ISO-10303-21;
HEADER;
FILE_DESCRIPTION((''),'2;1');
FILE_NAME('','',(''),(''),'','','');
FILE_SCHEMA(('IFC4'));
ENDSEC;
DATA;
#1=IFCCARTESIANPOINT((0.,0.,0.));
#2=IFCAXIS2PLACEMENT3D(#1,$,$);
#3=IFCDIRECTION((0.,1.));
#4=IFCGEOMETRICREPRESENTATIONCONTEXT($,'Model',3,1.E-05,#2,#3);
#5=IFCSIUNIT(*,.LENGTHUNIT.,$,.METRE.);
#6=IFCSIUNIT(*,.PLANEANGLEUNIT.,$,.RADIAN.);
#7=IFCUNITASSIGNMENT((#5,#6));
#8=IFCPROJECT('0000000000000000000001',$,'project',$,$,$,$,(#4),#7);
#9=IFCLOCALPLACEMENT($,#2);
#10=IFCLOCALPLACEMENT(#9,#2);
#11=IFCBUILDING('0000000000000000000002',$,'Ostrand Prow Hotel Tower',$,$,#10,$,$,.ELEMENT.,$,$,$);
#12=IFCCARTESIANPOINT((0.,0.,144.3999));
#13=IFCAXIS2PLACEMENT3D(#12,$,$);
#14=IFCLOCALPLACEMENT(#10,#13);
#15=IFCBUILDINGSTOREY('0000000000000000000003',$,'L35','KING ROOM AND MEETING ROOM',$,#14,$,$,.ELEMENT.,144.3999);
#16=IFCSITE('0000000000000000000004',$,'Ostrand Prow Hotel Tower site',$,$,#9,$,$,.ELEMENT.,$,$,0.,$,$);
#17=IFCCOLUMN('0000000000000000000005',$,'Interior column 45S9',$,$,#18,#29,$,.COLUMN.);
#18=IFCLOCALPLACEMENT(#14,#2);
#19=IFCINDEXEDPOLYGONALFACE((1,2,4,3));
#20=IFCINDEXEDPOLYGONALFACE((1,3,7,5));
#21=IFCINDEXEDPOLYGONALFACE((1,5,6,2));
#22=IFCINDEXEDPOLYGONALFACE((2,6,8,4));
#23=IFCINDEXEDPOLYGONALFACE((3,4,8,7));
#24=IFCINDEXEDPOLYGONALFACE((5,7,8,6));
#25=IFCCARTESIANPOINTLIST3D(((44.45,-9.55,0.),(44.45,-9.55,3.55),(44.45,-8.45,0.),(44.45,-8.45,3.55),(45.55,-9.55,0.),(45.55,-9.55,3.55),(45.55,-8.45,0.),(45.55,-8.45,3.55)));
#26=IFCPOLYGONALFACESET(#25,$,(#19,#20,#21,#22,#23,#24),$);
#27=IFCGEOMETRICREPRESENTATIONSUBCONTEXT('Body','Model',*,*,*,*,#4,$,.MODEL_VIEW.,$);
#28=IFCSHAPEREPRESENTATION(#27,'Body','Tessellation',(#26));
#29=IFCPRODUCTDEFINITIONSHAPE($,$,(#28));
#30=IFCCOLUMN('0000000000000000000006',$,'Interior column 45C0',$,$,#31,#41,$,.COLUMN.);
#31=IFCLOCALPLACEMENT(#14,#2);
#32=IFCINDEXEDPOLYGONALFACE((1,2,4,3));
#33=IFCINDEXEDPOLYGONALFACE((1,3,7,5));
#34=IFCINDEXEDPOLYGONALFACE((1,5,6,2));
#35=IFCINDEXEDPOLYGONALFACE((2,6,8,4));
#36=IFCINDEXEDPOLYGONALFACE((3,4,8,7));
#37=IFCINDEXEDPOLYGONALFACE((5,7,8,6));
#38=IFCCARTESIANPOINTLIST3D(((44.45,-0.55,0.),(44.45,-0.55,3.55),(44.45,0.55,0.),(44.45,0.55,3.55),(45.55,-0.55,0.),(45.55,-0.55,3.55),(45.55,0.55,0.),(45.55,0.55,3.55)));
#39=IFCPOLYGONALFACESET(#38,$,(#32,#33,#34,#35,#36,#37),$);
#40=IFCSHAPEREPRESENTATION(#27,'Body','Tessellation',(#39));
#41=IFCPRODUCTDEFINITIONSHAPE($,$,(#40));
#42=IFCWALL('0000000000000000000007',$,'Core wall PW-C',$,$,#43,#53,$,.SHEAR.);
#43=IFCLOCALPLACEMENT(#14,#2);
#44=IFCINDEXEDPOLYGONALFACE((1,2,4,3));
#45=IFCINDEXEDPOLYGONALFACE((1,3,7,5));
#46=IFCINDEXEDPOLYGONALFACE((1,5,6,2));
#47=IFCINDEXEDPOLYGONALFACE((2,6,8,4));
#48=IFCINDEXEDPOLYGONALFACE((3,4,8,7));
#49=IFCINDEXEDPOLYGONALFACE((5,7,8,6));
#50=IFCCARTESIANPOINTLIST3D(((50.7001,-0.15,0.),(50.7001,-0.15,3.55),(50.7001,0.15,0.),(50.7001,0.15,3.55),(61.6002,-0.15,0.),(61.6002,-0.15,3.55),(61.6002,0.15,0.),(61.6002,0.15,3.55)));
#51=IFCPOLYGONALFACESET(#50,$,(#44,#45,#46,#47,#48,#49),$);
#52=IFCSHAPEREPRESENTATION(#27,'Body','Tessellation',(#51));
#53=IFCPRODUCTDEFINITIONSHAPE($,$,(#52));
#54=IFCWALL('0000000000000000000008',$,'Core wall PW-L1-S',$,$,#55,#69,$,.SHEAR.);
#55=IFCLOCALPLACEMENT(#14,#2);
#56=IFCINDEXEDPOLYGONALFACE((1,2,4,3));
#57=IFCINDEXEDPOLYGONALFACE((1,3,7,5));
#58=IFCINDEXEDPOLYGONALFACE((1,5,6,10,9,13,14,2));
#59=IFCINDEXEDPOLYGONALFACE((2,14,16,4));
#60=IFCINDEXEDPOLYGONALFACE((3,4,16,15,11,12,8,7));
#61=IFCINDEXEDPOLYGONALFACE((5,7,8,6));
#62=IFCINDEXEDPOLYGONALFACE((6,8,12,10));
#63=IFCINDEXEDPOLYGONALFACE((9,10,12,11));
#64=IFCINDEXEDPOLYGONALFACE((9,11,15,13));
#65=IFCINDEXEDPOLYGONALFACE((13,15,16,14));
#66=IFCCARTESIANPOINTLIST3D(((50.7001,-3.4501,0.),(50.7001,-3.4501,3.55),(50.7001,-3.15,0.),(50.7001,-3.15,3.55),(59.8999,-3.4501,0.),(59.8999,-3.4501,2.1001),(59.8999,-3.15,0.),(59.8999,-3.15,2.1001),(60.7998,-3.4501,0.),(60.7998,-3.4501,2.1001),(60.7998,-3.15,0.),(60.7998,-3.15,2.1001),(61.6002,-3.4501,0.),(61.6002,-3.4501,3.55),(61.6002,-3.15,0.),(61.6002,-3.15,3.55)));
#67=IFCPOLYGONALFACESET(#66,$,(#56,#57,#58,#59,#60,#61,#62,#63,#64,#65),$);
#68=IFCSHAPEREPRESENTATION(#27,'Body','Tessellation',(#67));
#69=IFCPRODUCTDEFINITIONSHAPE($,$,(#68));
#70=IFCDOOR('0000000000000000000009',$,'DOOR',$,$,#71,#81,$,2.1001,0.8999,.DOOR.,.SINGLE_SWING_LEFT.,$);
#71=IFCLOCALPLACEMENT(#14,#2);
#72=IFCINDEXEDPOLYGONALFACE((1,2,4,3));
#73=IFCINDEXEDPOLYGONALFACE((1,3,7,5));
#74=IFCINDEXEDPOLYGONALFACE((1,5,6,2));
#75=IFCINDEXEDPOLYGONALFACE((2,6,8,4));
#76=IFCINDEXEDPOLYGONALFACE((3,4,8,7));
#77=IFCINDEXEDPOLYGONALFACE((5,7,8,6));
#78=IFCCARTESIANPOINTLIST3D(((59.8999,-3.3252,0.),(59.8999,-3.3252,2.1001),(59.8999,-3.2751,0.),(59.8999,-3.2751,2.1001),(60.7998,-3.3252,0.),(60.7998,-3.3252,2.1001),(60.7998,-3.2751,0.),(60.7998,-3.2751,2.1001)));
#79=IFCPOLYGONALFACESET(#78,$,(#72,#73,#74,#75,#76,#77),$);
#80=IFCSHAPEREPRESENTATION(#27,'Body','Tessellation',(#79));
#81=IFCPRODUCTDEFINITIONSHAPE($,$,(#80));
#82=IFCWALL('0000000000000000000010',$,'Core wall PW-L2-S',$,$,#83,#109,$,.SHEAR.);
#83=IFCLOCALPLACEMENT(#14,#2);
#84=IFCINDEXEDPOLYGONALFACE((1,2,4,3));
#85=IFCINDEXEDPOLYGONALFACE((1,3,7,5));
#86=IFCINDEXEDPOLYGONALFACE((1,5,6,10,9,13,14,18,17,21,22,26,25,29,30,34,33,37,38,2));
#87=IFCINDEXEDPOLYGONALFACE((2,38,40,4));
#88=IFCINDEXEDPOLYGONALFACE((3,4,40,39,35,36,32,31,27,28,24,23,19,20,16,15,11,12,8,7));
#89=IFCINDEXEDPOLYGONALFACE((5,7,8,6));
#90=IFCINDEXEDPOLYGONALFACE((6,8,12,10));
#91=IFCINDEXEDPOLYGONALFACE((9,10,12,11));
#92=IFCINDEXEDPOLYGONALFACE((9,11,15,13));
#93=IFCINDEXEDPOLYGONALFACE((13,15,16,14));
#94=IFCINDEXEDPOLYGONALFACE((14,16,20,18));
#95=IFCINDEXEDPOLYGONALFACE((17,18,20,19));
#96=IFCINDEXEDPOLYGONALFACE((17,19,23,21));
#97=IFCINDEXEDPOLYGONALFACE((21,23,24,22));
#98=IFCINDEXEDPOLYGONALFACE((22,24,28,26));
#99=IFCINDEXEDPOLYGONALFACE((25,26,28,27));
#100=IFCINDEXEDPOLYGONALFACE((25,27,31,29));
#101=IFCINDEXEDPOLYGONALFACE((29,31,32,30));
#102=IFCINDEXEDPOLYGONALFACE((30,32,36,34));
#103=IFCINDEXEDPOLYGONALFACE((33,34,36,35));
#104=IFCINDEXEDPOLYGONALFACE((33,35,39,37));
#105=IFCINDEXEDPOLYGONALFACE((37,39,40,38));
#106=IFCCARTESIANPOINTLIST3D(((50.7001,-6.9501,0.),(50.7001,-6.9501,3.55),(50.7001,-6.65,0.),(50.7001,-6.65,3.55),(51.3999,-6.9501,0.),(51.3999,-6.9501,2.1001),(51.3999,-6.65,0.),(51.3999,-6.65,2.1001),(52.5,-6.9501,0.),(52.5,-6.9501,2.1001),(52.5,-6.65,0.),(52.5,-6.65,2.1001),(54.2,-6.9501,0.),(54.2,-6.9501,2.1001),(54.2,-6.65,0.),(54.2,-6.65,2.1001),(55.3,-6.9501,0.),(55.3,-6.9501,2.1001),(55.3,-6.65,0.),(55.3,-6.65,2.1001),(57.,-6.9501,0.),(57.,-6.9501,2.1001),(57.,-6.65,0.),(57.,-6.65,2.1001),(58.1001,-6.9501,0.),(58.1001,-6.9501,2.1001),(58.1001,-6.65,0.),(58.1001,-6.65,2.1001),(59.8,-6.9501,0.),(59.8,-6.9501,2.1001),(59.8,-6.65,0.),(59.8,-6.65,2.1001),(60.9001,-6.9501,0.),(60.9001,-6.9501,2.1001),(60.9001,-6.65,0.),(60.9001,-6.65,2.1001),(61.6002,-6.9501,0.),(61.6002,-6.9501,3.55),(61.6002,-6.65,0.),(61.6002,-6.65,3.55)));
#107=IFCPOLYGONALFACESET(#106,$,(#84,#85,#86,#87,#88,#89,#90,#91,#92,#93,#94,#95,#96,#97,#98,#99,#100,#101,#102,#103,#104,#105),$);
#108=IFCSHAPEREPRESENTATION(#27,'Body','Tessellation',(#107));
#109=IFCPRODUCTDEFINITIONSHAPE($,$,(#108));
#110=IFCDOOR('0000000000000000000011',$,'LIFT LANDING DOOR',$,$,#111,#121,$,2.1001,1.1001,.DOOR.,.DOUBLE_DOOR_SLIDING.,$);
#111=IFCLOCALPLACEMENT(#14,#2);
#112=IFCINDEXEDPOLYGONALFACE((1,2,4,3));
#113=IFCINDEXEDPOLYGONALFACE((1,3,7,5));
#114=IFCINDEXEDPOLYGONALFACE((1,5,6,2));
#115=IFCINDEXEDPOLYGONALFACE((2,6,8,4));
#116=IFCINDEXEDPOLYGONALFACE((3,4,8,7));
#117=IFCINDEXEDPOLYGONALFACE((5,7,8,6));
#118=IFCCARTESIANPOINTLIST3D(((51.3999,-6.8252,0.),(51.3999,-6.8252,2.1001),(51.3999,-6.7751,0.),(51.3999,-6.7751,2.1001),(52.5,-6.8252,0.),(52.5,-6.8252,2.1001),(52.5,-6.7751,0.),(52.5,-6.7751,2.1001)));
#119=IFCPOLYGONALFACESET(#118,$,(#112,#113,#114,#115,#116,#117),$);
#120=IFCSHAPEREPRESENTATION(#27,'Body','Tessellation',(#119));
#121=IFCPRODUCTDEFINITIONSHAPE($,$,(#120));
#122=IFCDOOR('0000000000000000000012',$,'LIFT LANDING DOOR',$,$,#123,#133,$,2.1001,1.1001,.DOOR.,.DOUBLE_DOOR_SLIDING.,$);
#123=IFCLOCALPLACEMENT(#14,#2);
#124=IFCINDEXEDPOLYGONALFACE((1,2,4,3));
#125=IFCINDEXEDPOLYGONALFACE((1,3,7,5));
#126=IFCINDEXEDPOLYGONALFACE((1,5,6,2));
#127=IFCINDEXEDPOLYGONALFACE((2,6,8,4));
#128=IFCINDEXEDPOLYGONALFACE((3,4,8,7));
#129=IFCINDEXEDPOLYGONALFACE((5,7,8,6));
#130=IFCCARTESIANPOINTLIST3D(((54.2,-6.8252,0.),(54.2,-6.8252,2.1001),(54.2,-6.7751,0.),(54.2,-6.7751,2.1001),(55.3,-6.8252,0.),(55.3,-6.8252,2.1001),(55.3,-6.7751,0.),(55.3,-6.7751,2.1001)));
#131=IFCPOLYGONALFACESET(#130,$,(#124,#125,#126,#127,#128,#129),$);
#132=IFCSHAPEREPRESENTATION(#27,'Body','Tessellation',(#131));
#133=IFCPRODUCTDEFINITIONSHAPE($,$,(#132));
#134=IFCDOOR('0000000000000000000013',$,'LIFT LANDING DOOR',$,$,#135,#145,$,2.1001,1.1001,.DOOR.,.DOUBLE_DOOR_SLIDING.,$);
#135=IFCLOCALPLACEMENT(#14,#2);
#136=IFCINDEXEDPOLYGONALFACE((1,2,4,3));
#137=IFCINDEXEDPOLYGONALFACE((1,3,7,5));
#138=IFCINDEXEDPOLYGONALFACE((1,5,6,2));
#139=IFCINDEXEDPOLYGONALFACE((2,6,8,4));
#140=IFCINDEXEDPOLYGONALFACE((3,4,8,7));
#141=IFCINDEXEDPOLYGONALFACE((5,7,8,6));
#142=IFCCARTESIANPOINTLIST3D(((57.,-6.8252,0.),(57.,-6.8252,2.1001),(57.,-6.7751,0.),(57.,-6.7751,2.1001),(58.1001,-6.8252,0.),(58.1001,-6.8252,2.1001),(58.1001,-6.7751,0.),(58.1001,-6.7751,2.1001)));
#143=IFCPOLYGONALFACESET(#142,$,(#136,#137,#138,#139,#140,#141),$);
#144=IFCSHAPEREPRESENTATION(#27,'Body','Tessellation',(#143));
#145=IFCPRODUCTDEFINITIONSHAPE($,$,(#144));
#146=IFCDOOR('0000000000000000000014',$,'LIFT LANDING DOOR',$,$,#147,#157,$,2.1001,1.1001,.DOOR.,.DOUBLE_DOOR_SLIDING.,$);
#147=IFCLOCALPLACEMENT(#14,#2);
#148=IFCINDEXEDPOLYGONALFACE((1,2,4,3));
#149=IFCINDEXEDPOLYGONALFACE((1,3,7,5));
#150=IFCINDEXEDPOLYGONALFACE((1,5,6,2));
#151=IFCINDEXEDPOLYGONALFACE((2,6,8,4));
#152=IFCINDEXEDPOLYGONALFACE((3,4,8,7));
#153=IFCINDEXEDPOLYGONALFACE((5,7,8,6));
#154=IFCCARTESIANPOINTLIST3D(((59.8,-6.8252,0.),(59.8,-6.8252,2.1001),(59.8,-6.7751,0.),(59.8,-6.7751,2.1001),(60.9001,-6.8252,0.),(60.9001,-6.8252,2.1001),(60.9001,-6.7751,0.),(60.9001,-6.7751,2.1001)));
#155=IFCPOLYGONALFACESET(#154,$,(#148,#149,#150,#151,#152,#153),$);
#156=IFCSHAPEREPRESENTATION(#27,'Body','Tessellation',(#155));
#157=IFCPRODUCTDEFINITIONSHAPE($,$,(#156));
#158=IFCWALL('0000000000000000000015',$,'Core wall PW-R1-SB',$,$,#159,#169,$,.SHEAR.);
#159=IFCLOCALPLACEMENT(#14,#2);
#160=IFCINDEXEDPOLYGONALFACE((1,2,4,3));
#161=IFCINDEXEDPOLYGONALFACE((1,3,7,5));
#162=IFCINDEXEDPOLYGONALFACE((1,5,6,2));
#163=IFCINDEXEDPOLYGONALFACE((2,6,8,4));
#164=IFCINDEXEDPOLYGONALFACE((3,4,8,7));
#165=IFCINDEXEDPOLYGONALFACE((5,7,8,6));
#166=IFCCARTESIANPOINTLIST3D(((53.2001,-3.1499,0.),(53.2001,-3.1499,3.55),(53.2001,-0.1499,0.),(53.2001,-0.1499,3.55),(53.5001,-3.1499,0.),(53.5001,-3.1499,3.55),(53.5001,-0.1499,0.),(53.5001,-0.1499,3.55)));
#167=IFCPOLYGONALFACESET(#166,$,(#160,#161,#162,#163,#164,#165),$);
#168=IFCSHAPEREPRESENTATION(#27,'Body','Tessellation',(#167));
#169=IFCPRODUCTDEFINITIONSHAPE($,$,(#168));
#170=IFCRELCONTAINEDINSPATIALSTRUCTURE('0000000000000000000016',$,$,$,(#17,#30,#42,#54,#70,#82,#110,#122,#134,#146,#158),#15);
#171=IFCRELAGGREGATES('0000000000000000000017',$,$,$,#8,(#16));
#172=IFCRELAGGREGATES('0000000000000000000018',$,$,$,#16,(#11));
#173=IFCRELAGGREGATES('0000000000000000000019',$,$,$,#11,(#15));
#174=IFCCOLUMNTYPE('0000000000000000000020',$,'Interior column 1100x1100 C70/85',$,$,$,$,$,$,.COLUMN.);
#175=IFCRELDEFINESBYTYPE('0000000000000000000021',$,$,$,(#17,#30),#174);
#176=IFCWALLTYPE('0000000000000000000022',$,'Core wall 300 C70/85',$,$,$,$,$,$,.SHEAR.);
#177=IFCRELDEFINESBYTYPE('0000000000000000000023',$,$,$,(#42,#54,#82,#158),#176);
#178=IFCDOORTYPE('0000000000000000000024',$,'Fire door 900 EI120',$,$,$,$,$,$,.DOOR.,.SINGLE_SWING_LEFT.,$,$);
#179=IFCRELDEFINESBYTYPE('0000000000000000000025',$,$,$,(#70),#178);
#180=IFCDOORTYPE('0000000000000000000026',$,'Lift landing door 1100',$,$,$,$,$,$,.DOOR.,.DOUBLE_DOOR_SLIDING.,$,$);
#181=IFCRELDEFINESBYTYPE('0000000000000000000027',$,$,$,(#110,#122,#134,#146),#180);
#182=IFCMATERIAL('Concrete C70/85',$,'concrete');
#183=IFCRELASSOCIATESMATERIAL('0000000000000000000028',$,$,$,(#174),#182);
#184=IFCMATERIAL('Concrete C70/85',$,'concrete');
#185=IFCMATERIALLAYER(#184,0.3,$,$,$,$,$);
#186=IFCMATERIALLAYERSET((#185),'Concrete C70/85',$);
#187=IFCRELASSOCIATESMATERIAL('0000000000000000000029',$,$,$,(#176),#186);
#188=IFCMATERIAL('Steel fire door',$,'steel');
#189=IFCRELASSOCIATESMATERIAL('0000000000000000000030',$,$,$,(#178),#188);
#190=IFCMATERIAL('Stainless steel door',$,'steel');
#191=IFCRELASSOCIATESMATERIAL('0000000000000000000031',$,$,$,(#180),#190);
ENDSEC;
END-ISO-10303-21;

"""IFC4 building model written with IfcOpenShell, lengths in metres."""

from ifc_helpers import new_model, si_unit, direction, frame, frame_2d, origin, origin_2d, place, context, subcontext, project, spatial, rectangle, extrude, material, layer, layer_set, material_profile, profile_set, type_object, element, fill, save


model = new_model("IFC4")

# Units and contexts
model_context = context("Model", 3, precision=1e-05, world=origin(), true_north=direction((0.0, 1.0)))
body_context = subcontext(model_context, "Body", "Model", "MODEL_VIEW")
ifc_project = project(units=[si_unit("LENGTHUNIT", "METRE"), si_unit("PLANEANGLEUNIT", "RADIAN")], contexts=[model_context])

# Site, building, storey
site_placement = place(None, origin())
site = spatial("IfcSite", under=ifc_project, at=site_placement, Name="Ostrand Prow Hotel Tower site", CompositionType="ELEMENT", RefElevation=0.0)
building_placement = place(site_placement, origin())
building = spatial("IfcBuilding", under=site, at=building_placement, Name="Ostrand Prow Hotel Tower", CompositionType="ELEMENT")
storey_placement = place(building_placement, frame((0.0, 0.0, 144.3999)))
storey = spatial("IfcBuildingStorey", under=building, at=storey_placement, Name="L35", Description="KING ROOM AND MEETING ROOM", CompositionType="ELEMENT", Elevation=144.3999)

# Columns
ifc_material_1 = material(Name="Concrete C70/85", Category="concrete")
ifc_material_profile = material_profile(ifc_material_1, rectangle(XDim=1.1001, YDim=1.1001, at=origin_2d()), Name="RC 1100x1100")
ifc_profile_set = profile_set([ifc_material_profile], Name="Concrete C70/85")
column_type = type_object("IfcColumnType", Name="Interior column 1100x1100 C70/85", PredefinedType="COLUMN", material=ifc_profile_set)
for number, where, z_axis, x_axis, name in (
    (1, (45.0, -9.0, 0.0), (0.0, 0.0, 1.0), (1.0, 0.0, 0.0), "Interior column 45S9"),
    (2, (45.0, 0.0, 0.0), (0.0, 0.0, 1.0), (1.0, 0.0, 0.0), "Interior column 45C0"),
):
    element("IfcColumn", number, at=place(storey_placement, frame(where, z_axis=z_axis, x_axis=x_axis)), inside=storey, type_object=column_type, Name=name, PredefinedType="COLUMN", context=body_context, shape_type="SweptSolid", body=[
        extrude(rectangle(XDim=1.1001, YDim=1.1001, at=origin_2d()), origin(), (0.0, 0.0, 1.0), 3.55),
    ])

# Wall
ifc_material_2 = material(Name="Concrete C70/85", Category="concrete")
ifc_layer_1 = layer(ifc_material_2, 0.3)
ifc_layer_set_1 = layer_set([ifc_layer_1], Name="Concrete C70/85")
wall_type_1 = type_object("IfcWallType", Name="Core wall 300 C70/85", PredefinedType="SHEAR", material=ifc_layer_set_1)
wall_1_placement = place(storey_placement, frame((50.7, 0.0, 0.0), z_axis=(0.0, 0.0, 1.0), x_axis=(1.0, 0.0, 0.0)))
element("IfcWall", 3, at=wall_1_placement, inside=storey, type_object=wall_type_1, Name="Core wall PW-C", PredefinedType="SHEAR", context=body_context, shape_type="SweptSolid", body=[
    extrude(rectangle(XDim=10.9001, YDim=0.3, at=frame_2d((5.4502, 0.0))), origin(), (0.0, 0.0, 1.0), 3.55),
])

# Wall, opening, door
wall_2_placement = place(storey_placement, frame((50.7, -3.3, 0.0), z_axis=(0.0, 0.0, 1.0), x_axis=(1.0, 0.0, 0.0)))
wall_2 = element("IfcWall", 4, at=wall_2_placement, inside=storey, type_object=wall_type_1, Name="Core wall PW-L1-S", PredefinedType="SHEAR", context=body_context, shape_type="SweptSolid", body=[
    extrude(rectangle(XDim=10.9001, YDim=0.3, at=frame_2d((5.4502, 0.0))), origin(), (0.0, 0.0, 1.0), 3.55),
])
opening_1_placement = place(wall_2_placement, frame((9.2, 0.0, 0.0)))
opening_1 = element("IfcOpeningElement", 5, at=opening_1_placement, cuts=wall_2, PredefinedType="OPENING", context=body_context, shape_type="SweptSolid", body=[
    extrude(rectangle(XDim=0.8999, YDim=2.1001, at=frame_2d((0.45, 1.05))), frame((0.0, 0.1599, 0.0), z_axis=(0.0, -1.0, 0.0), x_axis=(1.0, 0.0, 0.0)), (0.0, 0.0, 1.0), 0.3201),
])
ifc_material_3 = material(Name="Steel fire door", Category="steel")
door_type_1 = type_object("IfcDoorType", Name="Fire door 900 EI120", OperationType="SINGLE_SWING_LEFT", PredefinedType="DOOR", material=ifc_material_3)
door_1_placement = place(opening_1_placement, origin())
door_1 = element("IfcDoor", 6, at=door_1_placement, inside=storey, type_object=door_type_1, Name="DOOR", OperationType="SINGLE_SWING_LEFT", OverallHeight=2.1001, OverallWidth=0.8999, PredefinedType="DOOR", context=body_context, shape_type="SweptSolid", body=[
    extrude(rectangle(XDim=0.8999, YDim=2.1001, at=frame_2d((0.45, 1.05))), frame((0.0, 0.0249, 0.0), z_axis=(0.0, -1.0, 0.0), x_axis=(1.0, 0.0, 0.0)), (0.0, 0.0, 1.0), 0.05),
])
fill(opening_1, door_1)

# Wall, openings, doors
wall_3_placement = place(storey_placement, frame((50.7, -6.8, 0.0), z_axis=(0.0, 0.0, 1.0), x_axis=(1.0, 0.0, 0.0)))
wall_3 = element("IfcWall", 7, at=wall_3_placement, inside=storey, type_object=wall_type_1, Name="Core wall PW-L2-S", PredefinedType="SHEAR", context=body_context, shape_type="SweptSolid", body=[
    extrude(rectangle(XDim=10.9001, YDim=0.3, at=frame_2d((5.4502, 0.0))), origin(), (0.0, 0.0, 1.0), 3.55),
])
opening_2_placement = place(wall_3_placement, frame((0.7, 0.0, 0.0)))
opening_2 = element("IfcOpeningElement", 8, at=opening_2_placement, cuts=wall_3, PredefinedType="OPENING", context=body_context, shape_type="SweptSolid", body=[
    extrude(rectangle(XDim=1.1001, YDim=2.1001, at=frame_2d((0.55, 1.05))), frame((0.0, 0.1599, 0.0), z_axis=(0.0, -1.0, 0.0), x_axis=(1.0, 0.0, 0.0)), (0.0, 0.0, 1.0), 0.3201),
])
opening_3_placement = place(wall_3_placement, frame((3.5, 0.0, 0.0)))
opening_3 = element("IfcOpeningElement", 9, at=opening_3_placement, cuts=wall_3, PredefinedType="OPENING", context=body_context, shape_type="SweptSolid", body=[
    extrude(rectangle(XDim=1.1001, YDim=2.1001, at=frame_2d((0.55, 1.05))), frame((0.0, 0.1599, 0.0), z_axis=(0.0, -1.0, 0.0), x_axis=(1.0, 0.0, 0.0)), (0.0, 0.0, 1.0), 0.3201),
])
opening_4_placement = place(wall_3_placement, frame((6.3, 0.0, 0.0)))
opening_4 = element("IfcOpeningElement", 10, at=opening_4_placement, cuts=wall_3, PredefinedType="OPENING", context=body_context, shape_type="SweptSolid", body=[
    extrude(rectangle(XDim=1.1001, YDim=2.1001, at=frame_2d((0.55, 1.05))), frame((0.0, 0.1599, 0.0), z_axis=(0.0, -1.0, 0.0), x_axis=(1.0, 0.0, 0.0)), (0.0, 0.0, 1.0), 0.3201),
])
opening_5_placement = place(wall_3_placement, frame((9.1001, 0.0, 0.0)))
opening_5 = element("IfcOpeningElement", 11, at=opening_5_placement, cuts=wall_3, PredefinedType="OPENING", context=body_context, shape_type="SweptSolid", body=[
    extrude(rectangle(XDim=1.1001, YDim=2.1001, at=frame_2d((0.55, 1.05))), frame((0.0, 0.1599, 0.0), z_axis=(0.0, -1.0, 0.0), x_axis=(1.0, 0.0, 0.0)), (0.0, 0.0, 1.0), 0.3201),
])
ifc_material_4 = material(Name="Stainless steel door", Category="steel")
door_type_2 = type_object("IfcDoorType", Name="Lift landing door 1100", OperationType="DOUBLE_DOOR_SLIDING", PredefinedType="DOOR", material=ifc_material_4)
door_2_placement = place(opening_2_placement, origin())
door_2 = element("IfcDoor", 12, at=door_2_placement, inside=storey, type_object=door_type_2, Name="LIFT LANDING DOOR", OperationType="DOUBLE_DOOR_SLIDING", OverallHeight=2.1001, OverallWidth=1.1001, PredefinedType="DOOR", context=body_context, shape_type="SweptSolid", body=[
    extrude(rectangle(XDim=1.1001, YDim=2.1001, at=frame_2d((0.55, 1.05))), frame((0.0, 0.0249, 0.0), z_axis=(0.0, -1.0, 0.0), x_axis=(1.0, 0.0, 0.0)), (0.0, 0.0, 1.0), 0.05),
])
fill(opening_2, door_2)
door_3_placement = place(opening_3_placement, origin())
door_3 = element("IfcDoor", 13, at=door_3_placement, inside=storey, type_object=door_type_2, Name="LIFT LANDING DOOR", OperationType="DOUBLE_DOOR_SLIDING", OverallHeight=2.1001, OverallWidth=1.1001, PredefinedType="DOOR", context=body_context, shape_type="SweptSolid", body=[
    extrude(rectangle(XDim=1.1001, YDim=2.1001, at=frame_2d((0.55, 1.05))), frame((0.0, 0.0249, 0.0), z_axis=(0.0, -1.0, 0.0), x_axis=(1.0, 0.0, 0.0)), (0.0, 0.0, 1.0), 0.05),
])
fill(opening_3, door_3)
door_4_placement = place(opening_4_placement, origin())
door_4 = element("IfcDoor", 14, at=door_4_placement, inside=storey, type_object=door_type_2, Name="LIFT LANDING DOOR", OperationType="DOUBLE_DOOR_SLIDING", OverallHeight=2.1001, OverallWidth=1.1001, PredefinedType="DOOR", context=body_context, shape_type="SweptSolid", body=[
    extrude(rectangle(XDim=1.1001, YDim=2.1001, at=frame_2d((0.55, 1.05))), frame((0.0, 0.0249, 0.0), z_axis=(0.0, -1.0, 0.0), x_axis=(1.0, 0.0, 0.0)), (0.0, 0.0, 1.0), 0.05),
])
fill(opening_4, door_4)
door_5_placement = place(opening_5_placement, origin())
door_5 = element("IfcDoor", 15, at=door_5_placement, inside=storey, type_object=door_type_2, Name="LIFT LANDING DOOR", OperationType="DOUBLE_DOOR_SLIDING", OverallHeight=2.1001, OverallWidth=1.1001, PredefinedType="DOOR", context=body_context, shape_type="SweptSolid", body=[
    extrude(rectangle(XDim=1.1001, YDim=2.1001, at=frame_2d((0.55, 1.05))), frame((0.0, 0.0249, 0.0), z_axis=(0.0, -1.0, 0.0), x_axis=(1.0, 0.0, 0.0)), (0.0, 0.0, 1.0), 0.05),
])
fill(opening_5, door_5)

# Wall
for number, where, z_axis, x_axis, name in (
    (16, (53.3501, -3.1499, 0.0), (0.0, 0.0, 1.0), (0.0, 1.0, 0.0), "Core wall PW-R1-SB"),
):
    element("IfcWall", number, at=place(storey_placement, frame(where, z_axis=z_axis, x_axis=x_axis)), inside=storey, type_object=wall_type_1, Name=name, PredefinedType="SHEAR", context=body_context, shape_type="SweptSolid", body=[
        extrude(rectangle(XDim=3.0, YDim=0.3, at=frame_2d((1.5, 0.0))), origin(), (0.0, 0.0, 1.0), 3.55),
    ])

save(model, "model.ifc")
